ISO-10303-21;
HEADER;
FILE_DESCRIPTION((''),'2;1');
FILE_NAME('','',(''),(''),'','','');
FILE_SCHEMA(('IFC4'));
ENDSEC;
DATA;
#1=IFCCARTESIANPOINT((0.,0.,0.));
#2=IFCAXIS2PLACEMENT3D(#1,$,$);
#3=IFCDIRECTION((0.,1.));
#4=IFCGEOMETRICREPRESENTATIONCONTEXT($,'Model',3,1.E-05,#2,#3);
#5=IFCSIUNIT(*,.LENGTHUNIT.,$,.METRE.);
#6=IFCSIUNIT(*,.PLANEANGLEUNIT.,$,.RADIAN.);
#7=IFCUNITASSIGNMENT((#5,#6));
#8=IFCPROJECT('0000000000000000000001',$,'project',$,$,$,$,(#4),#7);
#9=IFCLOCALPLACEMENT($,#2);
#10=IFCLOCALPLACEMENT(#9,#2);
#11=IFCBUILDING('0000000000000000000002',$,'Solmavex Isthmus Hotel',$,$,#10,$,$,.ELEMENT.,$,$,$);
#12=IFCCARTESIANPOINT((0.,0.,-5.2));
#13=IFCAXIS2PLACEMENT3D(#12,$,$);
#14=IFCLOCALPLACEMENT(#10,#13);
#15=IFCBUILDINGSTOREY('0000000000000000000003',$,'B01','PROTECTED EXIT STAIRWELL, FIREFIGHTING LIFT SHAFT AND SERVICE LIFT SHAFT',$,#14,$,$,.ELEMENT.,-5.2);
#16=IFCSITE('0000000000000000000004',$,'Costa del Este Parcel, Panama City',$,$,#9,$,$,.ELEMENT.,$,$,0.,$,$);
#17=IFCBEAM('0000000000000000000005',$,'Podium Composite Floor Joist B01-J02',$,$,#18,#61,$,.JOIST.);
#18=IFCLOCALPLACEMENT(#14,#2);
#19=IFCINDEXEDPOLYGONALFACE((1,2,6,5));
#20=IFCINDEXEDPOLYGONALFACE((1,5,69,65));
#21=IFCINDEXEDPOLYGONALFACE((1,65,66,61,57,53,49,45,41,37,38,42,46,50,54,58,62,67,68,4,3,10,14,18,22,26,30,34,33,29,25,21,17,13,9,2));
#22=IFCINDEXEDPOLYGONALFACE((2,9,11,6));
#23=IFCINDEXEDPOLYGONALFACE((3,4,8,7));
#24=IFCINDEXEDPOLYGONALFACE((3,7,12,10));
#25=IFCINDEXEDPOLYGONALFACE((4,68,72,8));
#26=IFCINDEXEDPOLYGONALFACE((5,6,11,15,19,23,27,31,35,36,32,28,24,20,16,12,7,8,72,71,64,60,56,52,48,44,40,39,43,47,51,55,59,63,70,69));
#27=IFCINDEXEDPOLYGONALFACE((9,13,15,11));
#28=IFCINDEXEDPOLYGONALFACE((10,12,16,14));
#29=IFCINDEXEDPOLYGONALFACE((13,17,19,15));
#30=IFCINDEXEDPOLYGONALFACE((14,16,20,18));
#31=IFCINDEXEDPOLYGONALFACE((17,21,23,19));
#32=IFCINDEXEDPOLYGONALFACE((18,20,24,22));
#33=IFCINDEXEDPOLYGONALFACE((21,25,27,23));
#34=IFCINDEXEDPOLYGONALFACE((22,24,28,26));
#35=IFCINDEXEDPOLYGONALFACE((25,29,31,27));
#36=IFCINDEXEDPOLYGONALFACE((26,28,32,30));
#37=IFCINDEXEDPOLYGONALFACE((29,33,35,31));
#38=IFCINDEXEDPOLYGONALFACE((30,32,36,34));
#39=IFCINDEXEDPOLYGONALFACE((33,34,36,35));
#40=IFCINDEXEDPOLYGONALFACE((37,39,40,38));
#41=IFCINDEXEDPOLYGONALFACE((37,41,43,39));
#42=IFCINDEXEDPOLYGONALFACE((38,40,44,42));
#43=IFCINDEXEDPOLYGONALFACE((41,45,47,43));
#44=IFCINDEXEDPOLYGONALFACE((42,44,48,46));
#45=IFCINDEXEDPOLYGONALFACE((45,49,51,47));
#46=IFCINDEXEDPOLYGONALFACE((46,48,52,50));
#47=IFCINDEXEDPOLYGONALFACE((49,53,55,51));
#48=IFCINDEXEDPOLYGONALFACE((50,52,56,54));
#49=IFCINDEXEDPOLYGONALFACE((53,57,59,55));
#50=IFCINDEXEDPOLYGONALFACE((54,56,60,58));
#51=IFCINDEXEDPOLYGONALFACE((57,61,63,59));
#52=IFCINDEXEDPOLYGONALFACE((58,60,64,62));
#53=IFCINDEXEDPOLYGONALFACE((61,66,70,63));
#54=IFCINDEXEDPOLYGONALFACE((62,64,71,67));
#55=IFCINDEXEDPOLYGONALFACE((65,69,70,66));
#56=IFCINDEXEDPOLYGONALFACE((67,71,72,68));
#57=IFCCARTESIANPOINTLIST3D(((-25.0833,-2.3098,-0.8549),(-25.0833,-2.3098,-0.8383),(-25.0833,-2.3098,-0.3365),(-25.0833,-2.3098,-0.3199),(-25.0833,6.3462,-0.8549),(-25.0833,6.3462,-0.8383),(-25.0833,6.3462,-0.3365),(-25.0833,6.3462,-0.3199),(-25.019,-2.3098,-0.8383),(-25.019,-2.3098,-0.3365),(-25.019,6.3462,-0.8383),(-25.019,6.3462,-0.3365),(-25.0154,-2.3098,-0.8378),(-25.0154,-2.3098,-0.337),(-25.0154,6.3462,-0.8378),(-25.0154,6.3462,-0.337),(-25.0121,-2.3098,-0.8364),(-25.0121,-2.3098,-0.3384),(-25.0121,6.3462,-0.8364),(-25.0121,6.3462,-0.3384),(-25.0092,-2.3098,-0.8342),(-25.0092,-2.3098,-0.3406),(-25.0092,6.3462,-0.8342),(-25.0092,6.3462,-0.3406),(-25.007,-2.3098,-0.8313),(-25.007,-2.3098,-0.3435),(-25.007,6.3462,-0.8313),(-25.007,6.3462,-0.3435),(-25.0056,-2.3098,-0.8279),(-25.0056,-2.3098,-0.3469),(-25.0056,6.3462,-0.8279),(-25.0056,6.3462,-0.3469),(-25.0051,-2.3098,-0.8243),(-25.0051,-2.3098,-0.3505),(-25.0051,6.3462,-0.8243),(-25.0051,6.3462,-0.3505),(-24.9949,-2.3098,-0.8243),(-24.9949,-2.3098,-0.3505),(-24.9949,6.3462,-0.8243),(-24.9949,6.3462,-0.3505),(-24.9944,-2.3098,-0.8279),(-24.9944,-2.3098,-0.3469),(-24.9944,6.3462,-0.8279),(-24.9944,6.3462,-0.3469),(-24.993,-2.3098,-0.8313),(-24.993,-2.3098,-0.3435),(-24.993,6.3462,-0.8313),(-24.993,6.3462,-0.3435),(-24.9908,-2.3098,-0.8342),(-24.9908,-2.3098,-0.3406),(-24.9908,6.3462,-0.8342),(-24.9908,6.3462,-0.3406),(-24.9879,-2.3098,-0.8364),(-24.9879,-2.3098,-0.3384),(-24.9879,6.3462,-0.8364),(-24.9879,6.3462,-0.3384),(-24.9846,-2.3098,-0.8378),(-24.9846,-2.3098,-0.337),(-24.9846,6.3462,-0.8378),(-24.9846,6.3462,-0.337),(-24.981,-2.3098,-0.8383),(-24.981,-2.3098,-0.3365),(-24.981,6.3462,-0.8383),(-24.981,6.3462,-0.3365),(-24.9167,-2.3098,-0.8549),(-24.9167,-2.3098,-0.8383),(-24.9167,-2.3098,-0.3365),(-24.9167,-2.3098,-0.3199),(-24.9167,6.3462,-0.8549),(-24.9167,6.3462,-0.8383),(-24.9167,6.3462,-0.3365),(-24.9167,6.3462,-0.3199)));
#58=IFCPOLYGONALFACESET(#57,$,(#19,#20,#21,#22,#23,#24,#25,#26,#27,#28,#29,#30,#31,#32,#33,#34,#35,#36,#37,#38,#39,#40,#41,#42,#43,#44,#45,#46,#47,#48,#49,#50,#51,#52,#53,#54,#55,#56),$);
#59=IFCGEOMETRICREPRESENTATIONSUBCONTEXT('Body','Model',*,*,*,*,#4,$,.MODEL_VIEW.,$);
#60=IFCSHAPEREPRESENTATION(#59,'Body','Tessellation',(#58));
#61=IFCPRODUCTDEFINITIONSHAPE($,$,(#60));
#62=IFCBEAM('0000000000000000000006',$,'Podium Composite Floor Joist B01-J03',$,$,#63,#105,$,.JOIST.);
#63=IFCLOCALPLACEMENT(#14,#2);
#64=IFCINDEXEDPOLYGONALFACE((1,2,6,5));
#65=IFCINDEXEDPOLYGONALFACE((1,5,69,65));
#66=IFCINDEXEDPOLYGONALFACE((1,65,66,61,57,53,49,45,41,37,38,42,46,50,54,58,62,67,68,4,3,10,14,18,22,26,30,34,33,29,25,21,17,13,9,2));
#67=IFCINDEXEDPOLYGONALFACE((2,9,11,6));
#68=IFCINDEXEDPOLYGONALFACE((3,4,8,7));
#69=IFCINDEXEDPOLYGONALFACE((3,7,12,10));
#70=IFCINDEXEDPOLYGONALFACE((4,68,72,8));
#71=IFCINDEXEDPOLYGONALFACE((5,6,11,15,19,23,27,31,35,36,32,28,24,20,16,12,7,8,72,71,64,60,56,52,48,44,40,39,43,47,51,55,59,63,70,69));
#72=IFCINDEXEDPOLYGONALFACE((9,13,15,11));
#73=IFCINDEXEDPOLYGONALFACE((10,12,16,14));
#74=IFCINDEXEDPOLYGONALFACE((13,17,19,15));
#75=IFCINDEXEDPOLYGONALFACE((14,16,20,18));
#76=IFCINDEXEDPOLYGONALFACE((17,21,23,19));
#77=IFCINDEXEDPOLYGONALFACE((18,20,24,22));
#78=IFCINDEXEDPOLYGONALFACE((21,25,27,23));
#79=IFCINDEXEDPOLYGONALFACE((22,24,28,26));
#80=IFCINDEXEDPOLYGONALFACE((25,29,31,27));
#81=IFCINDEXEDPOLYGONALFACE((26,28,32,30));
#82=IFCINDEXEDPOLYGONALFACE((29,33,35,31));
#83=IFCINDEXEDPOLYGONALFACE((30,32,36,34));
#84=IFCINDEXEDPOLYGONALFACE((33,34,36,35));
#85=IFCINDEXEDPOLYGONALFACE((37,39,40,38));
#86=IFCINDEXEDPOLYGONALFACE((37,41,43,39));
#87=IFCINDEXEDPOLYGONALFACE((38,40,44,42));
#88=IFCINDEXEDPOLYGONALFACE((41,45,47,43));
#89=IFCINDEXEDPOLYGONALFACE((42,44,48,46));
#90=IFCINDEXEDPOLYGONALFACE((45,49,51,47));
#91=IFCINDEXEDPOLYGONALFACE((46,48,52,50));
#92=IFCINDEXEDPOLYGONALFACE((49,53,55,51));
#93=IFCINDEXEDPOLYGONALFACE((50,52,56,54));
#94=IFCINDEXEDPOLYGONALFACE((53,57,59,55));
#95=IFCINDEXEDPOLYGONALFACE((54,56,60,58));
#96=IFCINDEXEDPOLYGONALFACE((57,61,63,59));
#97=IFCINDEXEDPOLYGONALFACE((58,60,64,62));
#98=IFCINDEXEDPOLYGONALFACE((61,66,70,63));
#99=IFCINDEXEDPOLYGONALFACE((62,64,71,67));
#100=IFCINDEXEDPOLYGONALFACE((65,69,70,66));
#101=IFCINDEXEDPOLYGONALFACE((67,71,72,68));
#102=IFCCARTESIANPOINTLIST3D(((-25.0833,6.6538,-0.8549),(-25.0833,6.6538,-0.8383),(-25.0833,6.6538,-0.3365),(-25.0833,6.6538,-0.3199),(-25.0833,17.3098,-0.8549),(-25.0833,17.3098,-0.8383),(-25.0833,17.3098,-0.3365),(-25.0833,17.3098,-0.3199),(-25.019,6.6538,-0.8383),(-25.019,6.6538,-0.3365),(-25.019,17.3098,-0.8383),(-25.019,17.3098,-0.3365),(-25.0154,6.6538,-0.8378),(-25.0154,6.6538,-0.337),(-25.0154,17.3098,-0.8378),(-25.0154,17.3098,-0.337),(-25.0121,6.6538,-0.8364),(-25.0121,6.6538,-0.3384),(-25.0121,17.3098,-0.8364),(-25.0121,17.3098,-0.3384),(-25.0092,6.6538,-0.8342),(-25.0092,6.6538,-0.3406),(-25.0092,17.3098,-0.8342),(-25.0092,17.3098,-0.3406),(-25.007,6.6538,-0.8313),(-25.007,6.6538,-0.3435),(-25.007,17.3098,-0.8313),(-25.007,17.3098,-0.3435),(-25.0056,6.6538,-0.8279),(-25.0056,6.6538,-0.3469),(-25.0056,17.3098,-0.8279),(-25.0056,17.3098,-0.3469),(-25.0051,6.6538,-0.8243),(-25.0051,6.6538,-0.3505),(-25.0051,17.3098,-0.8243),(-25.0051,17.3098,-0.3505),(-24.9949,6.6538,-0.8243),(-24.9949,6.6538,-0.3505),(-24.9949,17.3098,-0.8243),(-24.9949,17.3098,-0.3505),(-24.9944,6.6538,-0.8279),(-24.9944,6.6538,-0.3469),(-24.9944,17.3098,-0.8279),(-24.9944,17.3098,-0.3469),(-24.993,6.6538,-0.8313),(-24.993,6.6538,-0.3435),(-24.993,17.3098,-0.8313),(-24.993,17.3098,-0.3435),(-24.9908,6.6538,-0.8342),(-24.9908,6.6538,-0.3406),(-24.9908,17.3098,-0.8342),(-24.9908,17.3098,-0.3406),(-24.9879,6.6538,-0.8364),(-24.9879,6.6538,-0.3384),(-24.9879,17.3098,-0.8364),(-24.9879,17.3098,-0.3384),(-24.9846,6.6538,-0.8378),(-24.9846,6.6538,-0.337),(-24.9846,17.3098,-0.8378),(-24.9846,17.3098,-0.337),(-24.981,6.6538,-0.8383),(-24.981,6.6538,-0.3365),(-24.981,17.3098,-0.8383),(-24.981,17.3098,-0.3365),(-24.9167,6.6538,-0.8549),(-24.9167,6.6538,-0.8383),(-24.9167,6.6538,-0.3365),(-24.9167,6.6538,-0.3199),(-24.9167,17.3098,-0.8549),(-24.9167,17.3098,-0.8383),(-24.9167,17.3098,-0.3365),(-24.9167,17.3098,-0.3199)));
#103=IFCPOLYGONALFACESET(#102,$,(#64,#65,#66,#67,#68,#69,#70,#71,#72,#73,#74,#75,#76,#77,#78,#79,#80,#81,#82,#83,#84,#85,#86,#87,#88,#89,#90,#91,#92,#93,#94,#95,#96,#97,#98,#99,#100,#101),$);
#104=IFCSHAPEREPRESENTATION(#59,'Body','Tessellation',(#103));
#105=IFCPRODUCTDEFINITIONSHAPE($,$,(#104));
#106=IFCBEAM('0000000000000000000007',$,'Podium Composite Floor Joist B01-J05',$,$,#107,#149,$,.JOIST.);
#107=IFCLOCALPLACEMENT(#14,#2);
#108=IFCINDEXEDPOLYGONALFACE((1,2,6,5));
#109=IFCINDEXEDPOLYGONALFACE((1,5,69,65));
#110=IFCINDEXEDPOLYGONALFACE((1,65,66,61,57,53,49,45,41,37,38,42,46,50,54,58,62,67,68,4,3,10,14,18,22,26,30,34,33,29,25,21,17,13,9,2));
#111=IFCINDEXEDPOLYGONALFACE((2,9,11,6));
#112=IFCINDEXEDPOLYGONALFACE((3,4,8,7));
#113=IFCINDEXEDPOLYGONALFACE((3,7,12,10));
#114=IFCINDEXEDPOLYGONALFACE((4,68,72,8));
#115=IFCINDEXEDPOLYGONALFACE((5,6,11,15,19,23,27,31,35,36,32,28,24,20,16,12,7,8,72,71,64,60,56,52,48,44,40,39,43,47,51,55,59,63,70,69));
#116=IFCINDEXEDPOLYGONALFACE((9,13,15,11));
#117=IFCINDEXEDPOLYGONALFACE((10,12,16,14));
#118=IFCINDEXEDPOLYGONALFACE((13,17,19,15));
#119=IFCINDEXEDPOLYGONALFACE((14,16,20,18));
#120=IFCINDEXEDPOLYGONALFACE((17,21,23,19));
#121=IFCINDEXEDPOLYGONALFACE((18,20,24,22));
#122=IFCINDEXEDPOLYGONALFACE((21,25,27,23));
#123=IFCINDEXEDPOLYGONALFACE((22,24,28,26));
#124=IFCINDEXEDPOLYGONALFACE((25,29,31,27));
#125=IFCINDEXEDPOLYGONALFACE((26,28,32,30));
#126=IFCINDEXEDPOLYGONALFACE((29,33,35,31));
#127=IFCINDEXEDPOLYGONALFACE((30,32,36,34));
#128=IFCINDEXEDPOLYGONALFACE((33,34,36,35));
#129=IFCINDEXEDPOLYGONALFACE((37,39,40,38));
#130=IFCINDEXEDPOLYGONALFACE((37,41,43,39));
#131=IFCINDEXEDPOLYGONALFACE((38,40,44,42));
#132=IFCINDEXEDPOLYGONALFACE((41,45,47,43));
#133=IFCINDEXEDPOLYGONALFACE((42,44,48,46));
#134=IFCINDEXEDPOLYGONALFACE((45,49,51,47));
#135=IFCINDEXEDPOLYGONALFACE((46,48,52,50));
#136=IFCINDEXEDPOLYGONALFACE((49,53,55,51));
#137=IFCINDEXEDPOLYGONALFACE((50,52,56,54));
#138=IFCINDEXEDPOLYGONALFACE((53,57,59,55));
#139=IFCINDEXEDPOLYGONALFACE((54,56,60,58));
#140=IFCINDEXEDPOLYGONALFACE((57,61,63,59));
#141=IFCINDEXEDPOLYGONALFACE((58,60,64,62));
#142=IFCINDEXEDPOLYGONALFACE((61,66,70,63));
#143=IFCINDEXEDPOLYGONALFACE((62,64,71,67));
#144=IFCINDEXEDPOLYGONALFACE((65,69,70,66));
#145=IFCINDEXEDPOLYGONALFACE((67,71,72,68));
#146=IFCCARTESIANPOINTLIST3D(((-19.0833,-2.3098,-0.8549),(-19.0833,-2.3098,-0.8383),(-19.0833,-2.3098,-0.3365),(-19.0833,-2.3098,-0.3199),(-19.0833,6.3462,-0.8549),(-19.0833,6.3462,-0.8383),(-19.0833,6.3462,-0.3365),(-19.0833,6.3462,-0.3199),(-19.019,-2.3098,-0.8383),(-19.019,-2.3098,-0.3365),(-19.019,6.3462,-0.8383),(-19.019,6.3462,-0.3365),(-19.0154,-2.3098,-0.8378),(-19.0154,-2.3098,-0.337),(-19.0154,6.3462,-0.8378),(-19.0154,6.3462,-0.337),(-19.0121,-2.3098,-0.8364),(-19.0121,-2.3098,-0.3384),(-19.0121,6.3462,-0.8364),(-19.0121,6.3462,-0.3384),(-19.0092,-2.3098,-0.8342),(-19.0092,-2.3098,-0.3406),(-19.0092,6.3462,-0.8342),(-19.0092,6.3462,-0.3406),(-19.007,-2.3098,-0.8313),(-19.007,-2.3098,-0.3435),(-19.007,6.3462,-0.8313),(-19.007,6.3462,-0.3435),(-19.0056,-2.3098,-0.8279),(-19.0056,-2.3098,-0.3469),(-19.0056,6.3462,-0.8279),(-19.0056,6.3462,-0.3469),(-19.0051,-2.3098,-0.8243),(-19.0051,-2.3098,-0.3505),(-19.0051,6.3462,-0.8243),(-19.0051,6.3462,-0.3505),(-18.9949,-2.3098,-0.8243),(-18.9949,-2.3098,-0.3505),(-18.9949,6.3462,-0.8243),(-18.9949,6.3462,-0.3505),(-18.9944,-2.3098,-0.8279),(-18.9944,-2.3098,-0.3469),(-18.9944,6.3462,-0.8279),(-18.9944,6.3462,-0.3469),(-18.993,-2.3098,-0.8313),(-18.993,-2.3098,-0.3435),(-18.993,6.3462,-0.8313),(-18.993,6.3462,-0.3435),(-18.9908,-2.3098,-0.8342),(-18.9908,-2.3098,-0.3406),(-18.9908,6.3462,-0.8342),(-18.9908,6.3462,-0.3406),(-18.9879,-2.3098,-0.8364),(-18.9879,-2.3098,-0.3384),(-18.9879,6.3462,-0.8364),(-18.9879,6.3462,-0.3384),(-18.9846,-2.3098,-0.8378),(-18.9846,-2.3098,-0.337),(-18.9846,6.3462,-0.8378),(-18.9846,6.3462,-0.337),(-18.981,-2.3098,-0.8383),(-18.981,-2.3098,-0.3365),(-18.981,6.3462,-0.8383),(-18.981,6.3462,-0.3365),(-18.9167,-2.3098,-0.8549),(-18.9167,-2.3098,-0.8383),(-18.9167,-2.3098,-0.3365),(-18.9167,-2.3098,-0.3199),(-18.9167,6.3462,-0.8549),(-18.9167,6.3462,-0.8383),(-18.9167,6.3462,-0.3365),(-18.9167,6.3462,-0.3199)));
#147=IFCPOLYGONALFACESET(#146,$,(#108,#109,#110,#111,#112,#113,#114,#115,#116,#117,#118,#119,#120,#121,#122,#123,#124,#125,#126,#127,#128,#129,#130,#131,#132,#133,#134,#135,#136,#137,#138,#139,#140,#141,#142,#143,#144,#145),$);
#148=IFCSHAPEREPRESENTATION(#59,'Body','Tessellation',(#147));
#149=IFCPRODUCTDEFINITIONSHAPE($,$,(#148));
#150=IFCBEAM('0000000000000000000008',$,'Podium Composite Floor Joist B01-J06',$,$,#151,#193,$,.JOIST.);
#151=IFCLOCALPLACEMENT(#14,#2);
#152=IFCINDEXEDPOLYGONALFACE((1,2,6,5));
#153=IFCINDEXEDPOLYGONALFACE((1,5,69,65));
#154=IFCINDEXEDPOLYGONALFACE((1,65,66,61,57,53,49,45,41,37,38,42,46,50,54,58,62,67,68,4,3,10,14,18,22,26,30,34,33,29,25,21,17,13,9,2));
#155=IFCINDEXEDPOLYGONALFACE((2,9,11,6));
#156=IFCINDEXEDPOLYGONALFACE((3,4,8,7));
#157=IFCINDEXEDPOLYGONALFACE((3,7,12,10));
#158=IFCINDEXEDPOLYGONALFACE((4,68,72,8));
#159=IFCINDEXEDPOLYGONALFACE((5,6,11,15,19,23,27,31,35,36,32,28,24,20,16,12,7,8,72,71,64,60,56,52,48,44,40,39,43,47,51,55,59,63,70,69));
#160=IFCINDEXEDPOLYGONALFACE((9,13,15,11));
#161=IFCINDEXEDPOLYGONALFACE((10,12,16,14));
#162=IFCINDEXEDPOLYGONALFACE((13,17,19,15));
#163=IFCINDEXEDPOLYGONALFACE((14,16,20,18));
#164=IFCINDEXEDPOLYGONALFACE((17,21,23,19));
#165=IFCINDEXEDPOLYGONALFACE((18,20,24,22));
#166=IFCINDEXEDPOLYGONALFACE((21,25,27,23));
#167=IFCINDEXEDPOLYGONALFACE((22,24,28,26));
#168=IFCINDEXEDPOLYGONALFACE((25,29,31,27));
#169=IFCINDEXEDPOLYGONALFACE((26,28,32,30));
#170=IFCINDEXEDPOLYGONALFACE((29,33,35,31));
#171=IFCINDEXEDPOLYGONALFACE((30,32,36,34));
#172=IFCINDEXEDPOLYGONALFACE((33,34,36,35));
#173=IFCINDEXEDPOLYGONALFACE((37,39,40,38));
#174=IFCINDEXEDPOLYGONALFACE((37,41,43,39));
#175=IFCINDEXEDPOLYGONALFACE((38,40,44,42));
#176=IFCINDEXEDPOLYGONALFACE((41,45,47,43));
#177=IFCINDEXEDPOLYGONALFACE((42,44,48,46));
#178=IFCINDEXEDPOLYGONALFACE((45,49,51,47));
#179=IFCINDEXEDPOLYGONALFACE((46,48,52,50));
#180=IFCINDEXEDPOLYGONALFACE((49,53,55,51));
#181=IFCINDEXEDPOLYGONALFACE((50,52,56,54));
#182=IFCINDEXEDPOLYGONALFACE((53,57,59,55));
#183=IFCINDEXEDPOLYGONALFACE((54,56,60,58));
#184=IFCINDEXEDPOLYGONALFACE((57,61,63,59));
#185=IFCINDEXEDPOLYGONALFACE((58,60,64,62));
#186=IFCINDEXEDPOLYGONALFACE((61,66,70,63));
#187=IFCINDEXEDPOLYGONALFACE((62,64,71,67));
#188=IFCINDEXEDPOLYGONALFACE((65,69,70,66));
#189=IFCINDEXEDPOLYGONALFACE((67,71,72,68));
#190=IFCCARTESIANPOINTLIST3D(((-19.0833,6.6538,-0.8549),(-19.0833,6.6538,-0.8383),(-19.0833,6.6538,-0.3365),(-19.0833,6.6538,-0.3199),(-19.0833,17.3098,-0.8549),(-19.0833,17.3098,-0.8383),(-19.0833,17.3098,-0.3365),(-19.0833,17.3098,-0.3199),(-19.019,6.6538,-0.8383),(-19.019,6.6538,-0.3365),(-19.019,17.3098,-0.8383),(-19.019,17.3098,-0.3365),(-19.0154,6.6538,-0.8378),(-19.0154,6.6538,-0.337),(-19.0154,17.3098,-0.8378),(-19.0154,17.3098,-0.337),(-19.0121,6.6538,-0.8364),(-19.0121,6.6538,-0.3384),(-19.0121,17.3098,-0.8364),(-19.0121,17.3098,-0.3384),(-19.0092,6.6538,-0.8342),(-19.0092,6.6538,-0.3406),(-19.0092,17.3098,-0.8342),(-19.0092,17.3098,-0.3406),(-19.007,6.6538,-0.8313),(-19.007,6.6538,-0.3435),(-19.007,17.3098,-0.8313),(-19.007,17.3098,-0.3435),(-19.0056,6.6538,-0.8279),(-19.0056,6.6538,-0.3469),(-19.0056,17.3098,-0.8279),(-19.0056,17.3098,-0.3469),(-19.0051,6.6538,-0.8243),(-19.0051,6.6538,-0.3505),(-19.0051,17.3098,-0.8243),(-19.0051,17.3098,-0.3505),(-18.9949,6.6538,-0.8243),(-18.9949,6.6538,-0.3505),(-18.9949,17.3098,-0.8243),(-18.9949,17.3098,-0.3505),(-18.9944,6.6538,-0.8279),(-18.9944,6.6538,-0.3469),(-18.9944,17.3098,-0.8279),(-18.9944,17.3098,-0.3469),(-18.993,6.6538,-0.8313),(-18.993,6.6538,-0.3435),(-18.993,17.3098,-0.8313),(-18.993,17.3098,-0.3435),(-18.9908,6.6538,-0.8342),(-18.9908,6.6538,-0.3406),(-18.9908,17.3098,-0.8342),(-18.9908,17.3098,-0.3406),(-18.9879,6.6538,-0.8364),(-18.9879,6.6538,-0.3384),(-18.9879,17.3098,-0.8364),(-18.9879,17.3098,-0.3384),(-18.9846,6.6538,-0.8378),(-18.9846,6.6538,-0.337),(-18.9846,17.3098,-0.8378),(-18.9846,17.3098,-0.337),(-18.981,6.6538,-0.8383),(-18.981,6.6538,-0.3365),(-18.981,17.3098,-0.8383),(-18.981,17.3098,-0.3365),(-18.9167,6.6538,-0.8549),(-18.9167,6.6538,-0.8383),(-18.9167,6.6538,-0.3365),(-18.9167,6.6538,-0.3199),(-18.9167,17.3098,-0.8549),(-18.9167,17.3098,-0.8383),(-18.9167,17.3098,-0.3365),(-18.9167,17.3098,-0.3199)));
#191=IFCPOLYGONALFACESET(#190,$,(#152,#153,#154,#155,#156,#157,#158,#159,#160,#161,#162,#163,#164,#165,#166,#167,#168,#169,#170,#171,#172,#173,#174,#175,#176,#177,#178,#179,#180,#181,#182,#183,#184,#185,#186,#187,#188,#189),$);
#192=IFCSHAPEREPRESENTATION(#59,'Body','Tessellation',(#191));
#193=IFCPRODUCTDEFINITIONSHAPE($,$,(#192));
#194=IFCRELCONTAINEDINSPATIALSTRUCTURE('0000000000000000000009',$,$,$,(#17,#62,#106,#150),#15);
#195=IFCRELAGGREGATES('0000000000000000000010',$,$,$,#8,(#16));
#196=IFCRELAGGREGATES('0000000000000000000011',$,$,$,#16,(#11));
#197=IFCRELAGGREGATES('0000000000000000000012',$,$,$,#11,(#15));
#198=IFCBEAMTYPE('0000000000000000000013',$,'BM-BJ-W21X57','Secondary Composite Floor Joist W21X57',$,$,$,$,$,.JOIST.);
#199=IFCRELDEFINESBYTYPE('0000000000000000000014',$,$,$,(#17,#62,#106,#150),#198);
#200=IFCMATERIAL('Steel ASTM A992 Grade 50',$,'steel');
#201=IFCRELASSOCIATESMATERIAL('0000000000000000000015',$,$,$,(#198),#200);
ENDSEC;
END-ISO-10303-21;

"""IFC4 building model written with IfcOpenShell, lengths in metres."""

from ifc_helpers import new_model, si_unit, direction, frame, origin, origin_2d, place, context, subcontext, project, spatial, i_section, extrude, material, material_profile, profile_set, type_object, element, save


model = new_model("IFC4")

# Units and contexts
model_context = context("Model", 3, precision=1e-05, world=origin(), true_north=direction((0.0, 1.0)))
body_context = subcontext(model_context, "Body", "Model", "MODEL_VIEW")
ifc_project = project(units=[si_unit("LENGTHUNIT", "METRE"), si_unit("PLANEANGLEUNIT", "RADIAN")], contexts=[model_context])

# Site, building, storey
site_placement = place(None, origin())
site = spatial("IfcSite", under=ifc_project, at=site_placement, Name="Costa del Este Parcel, Panama City", CompositionType="ELEMENT", RefElevation=0.0)
building_placement = place(site_placement, origin())
building = spatial("IfcBuilding", under=site, at=building_placement, Name="Solmavex Isthmus Hotel", CompositionType="ELEMENT")
storey_placement = place(building_placement, frame((0.0, 0.0, -5.2)))
storey = spatial("IfcBuildingStorey", under=building, at=storey_placement, Name="B01", Description="PROTECTED EXIT STAIRWELL, FIREFIGHTING LIFT SHAFT AND SERVICE LIFT SHAFT", CompositionType="ELEMENT", Elevation=-5.2)

# Beams
ifc_material_1 = material(Name="Steel ASTM A992 Grade 50", Category="steel")
ifc_material_profile_1 = material_profile(ifc_material_1, i_section(OverallWidth=0.1665, OverallDepth=0.5349, WebThickness=0.0103, FlangeThickness=0.0166, FilletRadius=0.0139, at=origin_2d()), Name="W21X57")
ifc_profile_set_1 = profile_set([ifc_material_profile_1], Name="Steel ASTM A992 Grade 50")
beam_type_1 = type_object("IfcBeamType", Name="BM-BJ-W21X57", Description="Secondary Composite Floor Joist W21X57", PredefinedType="JOIST", material=ifc_profile_set_1)
beam_1_placement = place(storey_placement, frame((-25.0, -2.3098, -0.5874), z_axis=(0.0, 1.0, 0.0), x_axis=(-1.0, 0.0, 0.0)))
element("IfcBeam", 1, at=beam_1_placement, inside=storey, type_object=beam_type_1, Name="Podium Composite Floor Joist B01-J02", PredefinedType="JOIST", context=body_context, shape_type="SweptSolid", body=[
    extrude(i_section(OverallWidth=0.1665, OverallDepth=0.5349, WebThickness=0.0103, FlangeThickness=0.0166, FilletRadius=0.0139, at=origin_2d()), origin(), (0.0, 0.0, 1.0), 8.656),
])
beam_2_placement = place(storey_placement, frame((-25.0, 6.6538, -0.5874), z_axis=(0.0, 1.0, 0.0), x_axis=(-1.0, 0.0, 0.0)))
element("IfcBeam", 2, at=beam_2_placement, inside=storey, type_object=beam_type_1, Name="Podium Composite Floor Joist B01-J03", PredefinedType="JOIST", context=body_context, shape_type="SweptSolid", body=[
    extrude(i_section(OverallWidth=0.1665, OverallDepth=0.5349, WebThickness=0.0103, FlangeThickness=0.0166, FilletRadius=0.0139, at=origin_2d()), origin(), (0.0, 0.0, 1.0), 10.656),
])
beam_3_placement = place(storey_placement, frame((-19.0, -2.3098, -0.5874), z_axis=(0.0, 1.0, 0.0), x_axis=(-1.0, 0.0, 0.0)))
element("IfcBeam", 3, at=beam_3_placement, inside=storey, type_object=beam_type_1, Name="Podium Composite Floor Joist B01-J05", PredefinedType="JOIST", context=body_context, shape_type="SweptSolid", body=[
    extrude(i_section(OverallWidth=0.1665, OverallDepth=0.5349, WebThickness=0.0103, FlangeThickness=0.0166, FilletRadius=0.0139, at=origin_2d()), origin(), (0.0, 0.0, 1.0), 8.656),
])
beam_4_placement = place(storey_placement, frame((-19.0, 6.6538, -0.5874), z_axis=(0.0, 1.0, 0.0), x_axis=(-1.0, 0.0, 0.0)))
element("IfcBeam", 4, at=beam_4_placement, inside=storey, type_object=beam_type_1, Name="Podium Composite Floor Joist B01-J06", PredefinedType="JOIST", context=body_context, shape_type="SweptSolid", body=[
    extrude(i_section(OverallWidth=0.1665, OverallDepth=0.5349, WebThickness=0.0103, FlangeThickness=0.0166, FilletRadius=0.0139, at=origin_2d()), origin(), (0.0, 0.0, 1.0), 10.656),
])

save(model, "model.ifc")
